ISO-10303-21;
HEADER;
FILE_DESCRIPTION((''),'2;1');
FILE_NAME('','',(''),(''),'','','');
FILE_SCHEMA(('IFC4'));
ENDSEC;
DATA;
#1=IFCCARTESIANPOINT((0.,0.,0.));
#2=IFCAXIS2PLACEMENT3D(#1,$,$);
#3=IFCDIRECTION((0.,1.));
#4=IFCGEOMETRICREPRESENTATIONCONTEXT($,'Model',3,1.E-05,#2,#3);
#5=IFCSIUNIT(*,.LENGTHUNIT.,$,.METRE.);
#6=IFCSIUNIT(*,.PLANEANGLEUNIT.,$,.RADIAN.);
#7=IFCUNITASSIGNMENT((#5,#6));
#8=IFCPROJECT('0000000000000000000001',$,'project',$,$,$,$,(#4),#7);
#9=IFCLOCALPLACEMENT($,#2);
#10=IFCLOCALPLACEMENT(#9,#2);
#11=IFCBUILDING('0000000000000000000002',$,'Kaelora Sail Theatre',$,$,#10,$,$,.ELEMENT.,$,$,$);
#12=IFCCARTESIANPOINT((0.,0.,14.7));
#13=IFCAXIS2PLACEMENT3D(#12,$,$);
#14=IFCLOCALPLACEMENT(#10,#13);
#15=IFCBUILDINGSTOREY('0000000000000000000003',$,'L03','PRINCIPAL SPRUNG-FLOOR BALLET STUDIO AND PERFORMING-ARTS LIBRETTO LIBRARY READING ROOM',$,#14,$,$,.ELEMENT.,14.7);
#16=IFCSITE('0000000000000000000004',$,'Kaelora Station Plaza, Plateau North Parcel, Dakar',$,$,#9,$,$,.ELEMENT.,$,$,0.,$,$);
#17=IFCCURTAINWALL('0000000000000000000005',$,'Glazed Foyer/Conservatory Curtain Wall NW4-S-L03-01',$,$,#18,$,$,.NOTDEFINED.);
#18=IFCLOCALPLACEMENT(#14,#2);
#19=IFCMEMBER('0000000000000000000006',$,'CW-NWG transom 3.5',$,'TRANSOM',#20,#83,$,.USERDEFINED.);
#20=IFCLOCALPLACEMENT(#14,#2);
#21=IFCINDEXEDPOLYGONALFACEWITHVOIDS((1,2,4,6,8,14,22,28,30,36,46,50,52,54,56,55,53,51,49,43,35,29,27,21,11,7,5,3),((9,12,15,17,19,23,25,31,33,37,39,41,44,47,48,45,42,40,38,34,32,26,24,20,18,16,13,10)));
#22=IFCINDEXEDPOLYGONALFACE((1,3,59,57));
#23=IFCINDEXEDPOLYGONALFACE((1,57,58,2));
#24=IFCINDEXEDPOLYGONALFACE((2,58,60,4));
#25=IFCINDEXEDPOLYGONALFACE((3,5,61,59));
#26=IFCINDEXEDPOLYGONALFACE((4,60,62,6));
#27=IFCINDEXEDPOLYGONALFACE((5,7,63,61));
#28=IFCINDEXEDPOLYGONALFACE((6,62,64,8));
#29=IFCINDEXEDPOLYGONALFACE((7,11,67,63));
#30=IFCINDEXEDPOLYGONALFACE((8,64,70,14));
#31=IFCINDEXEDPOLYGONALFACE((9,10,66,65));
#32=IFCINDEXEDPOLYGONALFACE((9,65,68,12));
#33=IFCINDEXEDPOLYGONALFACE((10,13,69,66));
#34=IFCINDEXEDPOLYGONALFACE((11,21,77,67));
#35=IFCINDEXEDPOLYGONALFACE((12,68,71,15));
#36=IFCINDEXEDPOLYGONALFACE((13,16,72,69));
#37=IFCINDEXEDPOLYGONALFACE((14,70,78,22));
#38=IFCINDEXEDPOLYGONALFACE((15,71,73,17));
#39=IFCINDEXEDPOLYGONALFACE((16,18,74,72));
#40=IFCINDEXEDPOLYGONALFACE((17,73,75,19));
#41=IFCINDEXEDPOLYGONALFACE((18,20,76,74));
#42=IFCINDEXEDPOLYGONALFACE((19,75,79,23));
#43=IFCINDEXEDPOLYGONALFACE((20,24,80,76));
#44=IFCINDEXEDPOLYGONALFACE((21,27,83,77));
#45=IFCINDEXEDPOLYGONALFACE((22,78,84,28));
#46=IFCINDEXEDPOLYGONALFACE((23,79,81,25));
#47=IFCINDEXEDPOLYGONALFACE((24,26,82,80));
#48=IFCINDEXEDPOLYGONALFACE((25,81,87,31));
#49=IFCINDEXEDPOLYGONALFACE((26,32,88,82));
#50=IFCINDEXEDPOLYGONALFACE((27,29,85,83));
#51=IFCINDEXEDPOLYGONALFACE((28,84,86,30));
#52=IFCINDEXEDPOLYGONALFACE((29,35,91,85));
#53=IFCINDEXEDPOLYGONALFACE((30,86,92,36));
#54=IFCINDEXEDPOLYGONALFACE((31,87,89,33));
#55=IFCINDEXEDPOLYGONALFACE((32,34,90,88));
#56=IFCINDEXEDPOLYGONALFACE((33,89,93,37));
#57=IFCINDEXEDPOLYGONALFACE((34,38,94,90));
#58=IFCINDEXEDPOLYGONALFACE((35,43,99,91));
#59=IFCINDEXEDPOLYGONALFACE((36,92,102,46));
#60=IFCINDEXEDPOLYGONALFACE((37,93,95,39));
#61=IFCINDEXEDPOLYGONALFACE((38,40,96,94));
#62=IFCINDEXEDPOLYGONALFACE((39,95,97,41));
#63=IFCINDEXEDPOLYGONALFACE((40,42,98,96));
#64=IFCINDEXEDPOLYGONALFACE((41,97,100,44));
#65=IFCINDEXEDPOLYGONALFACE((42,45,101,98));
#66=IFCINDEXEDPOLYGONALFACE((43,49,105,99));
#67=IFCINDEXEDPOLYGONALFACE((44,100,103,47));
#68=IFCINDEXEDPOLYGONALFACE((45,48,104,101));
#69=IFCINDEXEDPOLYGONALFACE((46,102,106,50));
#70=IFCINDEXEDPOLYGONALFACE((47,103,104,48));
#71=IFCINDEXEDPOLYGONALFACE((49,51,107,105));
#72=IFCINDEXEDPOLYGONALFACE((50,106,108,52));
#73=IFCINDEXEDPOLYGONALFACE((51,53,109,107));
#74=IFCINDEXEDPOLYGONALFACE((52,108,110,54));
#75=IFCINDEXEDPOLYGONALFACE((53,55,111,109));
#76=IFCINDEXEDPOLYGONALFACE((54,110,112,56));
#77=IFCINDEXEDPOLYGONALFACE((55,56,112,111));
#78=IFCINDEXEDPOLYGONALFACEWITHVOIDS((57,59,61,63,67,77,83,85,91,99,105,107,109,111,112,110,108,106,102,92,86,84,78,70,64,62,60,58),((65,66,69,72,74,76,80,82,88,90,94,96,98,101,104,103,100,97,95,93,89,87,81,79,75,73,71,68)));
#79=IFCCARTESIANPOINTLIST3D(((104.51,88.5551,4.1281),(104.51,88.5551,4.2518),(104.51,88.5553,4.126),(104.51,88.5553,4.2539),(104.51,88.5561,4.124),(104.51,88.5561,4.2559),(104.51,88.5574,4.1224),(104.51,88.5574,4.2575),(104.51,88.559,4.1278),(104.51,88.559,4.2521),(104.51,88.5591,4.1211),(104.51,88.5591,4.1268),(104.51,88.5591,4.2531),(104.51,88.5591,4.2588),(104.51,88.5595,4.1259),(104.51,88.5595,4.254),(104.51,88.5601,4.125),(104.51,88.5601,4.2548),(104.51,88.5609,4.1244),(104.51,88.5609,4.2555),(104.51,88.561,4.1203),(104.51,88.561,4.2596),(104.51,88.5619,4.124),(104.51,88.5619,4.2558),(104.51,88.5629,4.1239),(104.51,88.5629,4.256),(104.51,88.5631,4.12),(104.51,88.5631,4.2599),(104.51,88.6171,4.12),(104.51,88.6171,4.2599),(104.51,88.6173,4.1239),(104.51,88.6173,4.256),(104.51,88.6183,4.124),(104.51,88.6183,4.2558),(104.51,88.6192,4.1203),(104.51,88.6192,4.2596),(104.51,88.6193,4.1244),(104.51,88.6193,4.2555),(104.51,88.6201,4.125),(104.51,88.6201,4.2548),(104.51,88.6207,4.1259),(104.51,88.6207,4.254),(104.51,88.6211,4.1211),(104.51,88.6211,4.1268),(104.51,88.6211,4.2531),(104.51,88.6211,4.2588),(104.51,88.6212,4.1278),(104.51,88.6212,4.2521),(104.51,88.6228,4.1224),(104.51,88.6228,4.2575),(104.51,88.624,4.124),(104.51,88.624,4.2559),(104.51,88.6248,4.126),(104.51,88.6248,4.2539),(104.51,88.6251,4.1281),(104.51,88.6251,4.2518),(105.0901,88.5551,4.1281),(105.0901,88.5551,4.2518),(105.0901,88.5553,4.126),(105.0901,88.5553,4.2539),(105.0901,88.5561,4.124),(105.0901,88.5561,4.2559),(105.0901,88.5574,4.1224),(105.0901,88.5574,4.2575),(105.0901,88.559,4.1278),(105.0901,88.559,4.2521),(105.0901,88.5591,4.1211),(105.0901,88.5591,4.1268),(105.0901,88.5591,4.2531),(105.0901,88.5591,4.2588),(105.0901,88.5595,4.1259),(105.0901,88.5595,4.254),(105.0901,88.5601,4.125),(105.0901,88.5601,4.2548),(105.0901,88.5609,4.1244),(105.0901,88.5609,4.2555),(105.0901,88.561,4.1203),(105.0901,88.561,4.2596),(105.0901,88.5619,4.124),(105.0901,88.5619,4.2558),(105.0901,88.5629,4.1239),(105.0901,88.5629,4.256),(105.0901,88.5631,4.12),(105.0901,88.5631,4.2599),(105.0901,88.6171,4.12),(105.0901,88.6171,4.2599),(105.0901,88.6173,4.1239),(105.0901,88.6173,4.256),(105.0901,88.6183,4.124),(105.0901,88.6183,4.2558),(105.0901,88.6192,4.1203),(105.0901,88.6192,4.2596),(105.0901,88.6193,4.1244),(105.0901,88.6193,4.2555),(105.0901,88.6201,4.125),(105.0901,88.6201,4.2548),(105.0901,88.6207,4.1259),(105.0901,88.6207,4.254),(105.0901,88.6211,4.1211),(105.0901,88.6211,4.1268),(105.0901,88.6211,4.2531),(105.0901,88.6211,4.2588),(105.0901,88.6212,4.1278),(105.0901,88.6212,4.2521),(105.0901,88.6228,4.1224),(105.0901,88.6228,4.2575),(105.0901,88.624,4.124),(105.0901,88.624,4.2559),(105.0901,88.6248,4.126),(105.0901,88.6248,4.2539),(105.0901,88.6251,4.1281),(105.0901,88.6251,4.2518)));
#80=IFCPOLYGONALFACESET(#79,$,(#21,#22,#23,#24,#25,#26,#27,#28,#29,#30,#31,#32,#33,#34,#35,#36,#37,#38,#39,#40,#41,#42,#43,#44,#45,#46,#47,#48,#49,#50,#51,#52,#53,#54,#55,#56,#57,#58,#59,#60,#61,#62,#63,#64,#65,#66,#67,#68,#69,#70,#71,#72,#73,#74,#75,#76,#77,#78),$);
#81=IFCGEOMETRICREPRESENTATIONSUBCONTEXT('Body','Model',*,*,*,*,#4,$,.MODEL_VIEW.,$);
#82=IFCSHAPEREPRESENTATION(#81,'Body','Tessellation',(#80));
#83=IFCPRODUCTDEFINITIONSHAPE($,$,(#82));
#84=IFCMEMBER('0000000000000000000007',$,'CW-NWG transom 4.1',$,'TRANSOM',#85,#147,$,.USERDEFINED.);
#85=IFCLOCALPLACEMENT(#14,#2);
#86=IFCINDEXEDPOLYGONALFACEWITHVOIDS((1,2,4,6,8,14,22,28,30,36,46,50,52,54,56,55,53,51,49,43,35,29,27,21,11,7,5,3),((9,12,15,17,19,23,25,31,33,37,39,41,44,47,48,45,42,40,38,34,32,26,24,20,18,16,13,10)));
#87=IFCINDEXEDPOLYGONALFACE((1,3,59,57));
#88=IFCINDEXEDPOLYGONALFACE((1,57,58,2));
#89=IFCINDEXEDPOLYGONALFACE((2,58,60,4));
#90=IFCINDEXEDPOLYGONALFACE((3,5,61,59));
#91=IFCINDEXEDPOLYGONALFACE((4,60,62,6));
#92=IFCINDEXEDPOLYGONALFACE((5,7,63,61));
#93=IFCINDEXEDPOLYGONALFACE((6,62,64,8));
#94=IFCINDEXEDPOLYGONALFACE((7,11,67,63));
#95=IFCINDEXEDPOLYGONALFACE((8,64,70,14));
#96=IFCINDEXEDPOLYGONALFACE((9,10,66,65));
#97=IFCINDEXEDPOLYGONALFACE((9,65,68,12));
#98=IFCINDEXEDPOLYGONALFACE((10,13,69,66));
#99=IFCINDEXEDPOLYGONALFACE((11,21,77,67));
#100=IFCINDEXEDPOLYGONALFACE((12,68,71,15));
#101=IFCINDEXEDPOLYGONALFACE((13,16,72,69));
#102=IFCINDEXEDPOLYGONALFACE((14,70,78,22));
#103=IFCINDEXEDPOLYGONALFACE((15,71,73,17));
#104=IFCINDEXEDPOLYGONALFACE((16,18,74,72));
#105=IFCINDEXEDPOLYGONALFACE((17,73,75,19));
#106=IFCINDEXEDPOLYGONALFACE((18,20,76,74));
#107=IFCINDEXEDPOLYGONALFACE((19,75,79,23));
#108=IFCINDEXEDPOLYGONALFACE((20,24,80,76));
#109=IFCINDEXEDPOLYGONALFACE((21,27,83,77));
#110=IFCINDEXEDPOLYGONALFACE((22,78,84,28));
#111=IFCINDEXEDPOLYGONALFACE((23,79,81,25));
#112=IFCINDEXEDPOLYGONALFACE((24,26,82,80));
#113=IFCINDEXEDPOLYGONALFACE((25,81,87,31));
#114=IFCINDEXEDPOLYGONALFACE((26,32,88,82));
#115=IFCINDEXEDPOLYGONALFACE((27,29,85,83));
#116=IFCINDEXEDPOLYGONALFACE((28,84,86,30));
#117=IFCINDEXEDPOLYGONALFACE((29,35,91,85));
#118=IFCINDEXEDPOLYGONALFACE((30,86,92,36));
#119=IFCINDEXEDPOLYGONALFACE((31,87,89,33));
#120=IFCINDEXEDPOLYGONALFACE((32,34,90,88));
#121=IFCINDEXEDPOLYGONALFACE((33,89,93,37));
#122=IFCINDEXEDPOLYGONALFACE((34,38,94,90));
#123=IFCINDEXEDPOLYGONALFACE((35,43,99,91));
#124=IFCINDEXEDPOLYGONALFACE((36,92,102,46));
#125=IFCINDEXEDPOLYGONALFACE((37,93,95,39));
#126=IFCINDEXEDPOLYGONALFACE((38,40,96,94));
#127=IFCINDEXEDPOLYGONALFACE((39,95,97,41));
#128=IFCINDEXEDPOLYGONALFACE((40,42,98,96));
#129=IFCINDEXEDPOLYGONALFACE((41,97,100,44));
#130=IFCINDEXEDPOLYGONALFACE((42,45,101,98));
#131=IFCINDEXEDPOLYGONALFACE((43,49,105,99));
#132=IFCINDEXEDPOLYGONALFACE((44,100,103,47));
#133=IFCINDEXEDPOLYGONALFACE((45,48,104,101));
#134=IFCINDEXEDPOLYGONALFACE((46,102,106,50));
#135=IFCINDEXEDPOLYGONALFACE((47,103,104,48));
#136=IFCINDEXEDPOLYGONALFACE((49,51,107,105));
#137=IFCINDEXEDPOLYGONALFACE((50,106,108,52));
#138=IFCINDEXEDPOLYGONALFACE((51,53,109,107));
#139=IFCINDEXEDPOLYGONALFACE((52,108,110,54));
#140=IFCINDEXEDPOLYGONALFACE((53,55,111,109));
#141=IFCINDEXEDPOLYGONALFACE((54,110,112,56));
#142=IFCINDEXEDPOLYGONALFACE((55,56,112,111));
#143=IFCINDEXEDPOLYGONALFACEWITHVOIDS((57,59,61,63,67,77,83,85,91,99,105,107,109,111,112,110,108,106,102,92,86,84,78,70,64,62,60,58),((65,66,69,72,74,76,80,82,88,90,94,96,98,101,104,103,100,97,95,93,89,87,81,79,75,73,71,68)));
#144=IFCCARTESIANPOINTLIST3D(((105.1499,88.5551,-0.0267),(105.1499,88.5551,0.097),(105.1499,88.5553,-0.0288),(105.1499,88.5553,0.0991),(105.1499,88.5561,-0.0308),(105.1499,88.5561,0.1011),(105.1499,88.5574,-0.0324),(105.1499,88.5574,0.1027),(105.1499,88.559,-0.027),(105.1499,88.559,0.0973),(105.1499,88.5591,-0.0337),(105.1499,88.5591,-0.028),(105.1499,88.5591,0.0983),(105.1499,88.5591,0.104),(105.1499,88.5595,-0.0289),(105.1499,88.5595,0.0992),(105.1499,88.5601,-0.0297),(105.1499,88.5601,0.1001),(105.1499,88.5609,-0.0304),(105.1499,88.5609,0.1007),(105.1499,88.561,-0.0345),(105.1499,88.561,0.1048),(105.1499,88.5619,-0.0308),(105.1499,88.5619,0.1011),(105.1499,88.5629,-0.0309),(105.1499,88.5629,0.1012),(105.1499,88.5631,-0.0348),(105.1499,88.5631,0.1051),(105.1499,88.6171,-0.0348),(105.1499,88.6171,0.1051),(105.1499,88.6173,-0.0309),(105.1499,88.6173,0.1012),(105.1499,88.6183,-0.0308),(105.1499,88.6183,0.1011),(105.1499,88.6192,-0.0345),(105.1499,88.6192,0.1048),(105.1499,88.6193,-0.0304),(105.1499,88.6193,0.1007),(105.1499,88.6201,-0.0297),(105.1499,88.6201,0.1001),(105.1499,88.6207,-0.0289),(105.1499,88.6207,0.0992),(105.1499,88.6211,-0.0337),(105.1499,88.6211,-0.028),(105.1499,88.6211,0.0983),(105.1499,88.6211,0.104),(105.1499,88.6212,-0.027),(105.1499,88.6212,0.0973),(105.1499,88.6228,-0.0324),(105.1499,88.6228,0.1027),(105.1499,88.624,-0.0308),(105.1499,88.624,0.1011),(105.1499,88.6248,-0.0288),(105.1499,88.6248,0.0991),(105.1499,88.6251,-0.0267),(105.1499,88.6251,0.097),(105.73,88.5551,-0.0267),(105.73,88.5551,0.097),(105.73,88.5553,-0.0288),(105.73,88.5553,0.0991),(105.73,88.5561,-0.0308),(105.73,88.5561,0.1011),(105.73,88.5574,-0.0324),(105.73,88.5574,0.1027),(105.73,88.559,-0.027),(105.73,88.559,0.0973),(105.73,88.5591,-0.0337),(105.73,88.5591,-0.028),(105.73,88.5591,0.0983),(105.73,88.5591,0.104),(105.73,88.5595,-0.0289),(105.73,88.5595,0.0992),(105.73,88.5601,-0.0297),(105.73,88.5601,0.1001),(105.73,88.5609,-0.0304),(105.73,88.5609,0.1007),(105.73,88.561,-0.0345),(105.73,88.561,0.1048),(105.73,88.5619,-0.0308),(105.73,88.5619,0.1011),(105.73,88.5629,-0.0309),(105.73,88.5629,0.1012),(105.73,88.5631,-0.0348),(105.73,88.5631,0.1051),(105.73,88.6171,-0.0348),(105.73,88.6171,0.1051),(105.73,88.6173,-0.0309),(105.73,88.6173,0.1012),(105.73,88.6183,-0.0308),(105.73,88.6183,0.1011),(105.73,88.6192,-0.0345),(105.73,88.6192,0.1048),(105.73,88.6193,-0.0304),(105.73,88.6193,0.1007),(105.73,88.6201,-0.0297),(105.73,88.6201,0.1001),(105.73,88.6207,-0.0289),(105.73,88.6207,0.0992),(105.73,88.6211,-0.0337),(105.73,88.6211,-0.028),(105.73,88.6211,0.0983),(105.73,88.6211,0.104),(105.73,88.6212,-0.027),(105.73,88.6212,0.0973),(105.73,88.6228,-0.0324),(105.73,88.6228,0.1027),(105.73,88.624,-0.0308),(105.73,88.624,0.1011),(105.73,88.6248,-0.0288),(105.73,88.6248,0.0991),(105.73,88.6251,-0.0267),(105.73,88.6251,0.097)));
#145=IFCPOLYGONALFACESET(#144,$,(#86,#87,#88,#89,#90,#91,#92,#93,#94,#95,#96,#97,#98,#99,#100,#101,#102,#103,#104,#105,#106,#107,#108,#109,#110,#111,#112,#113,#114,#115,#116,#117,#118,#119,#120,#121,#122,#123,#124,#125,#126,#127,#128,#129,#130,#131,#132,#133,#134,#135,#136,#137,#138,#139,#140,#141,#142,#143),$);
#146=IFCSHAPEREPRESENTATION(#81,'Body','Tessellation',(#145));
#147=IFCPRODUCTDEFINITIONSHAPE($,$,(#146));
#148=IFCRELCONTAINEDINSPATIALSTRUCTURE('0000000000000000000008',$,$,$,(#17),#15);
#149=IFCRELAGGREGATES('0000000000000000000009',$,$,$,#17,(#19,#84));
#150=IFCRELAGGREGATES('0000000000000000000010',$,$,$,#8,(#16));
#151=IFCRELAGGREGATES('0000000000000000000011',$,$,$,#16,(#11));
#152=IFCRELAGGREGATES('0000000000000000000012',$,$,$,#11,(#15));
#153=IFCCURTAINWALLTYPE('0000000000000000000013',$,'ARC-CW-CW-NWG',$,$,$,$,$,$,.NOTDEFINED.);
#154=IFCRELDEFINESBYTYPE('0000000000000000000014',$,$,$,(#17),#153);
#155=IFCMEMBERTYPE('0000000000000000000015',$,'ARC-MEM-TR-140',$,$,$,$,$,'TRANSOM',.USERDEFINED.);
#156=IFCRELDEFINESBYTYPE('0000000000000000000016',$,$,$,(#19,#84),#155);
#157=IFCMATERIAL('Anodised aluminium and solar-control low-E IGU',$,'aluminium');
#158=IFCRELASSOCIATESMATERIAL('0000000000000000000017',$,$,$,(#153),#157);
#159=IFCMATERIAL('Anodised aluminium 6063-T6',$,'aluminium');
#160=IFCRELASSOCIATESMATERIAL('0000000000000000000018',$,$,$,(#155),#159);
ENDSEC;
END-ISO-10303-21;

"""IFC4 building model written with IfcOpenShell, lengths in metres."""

from ifc_helpers import new_model, si_unit, direction, frame, origin, origin_2d, place, context, subcontext, project, spatial, hollow_rectangle, extrude, material, material_profile, profile_set, type_object, element, aggregate, save


model = new_model("IFC4")

# Units and contexts
model_context = context("Model", 3, precision=1e-05, world=origin(), true_north=direction((0.0, 1.0)))
body_context = subcontext(model_context, "Body", "Model", "MODEL_VIEW")
ifc_project = project(units=[si_unit("LENGTHUNIT", "METRE"), si_unit("PLANEANGLEUNIT", "RADIAN")], contexts=[model_context])

# Site, building, storey
site_placement = place(None, origin())
site = spatial("IfcSite", under=ifc_project, at=site_placement, Name="Kaelora Station Plaza, Plateau North Parcel, Dakar", CompositionType="ELEMENT", RefElevation=0.0)
building_placement = place(site_placement, origin())
building = spatial("IfcBuilding", under=site, at=building_placement, Name="Kaelora Sail Theatre", CompositionType="ELEMENT")
storey_placement = place(building_placement, frame((0.0, 0.0, 14.7)))
storey = spatial("IfcBuildingStorey", under=building, at=storey_placement, Name="L03", Description="PRINCIPAL SPRUNG-FLOOR BALLET STUDIO AND PERFORMING-ARTS LIBRETTO LIBRARY READING ROOM", CompositionType="ELEMENT", Elevation=14.7)

# Curtain wall, members
ifc_material_1 = material(Name="Anodised aluminium and solar-control low-E IGU", Category="aluminium")
curtain_wall_type = type_object("IfcCurtainWallType", Name="ARC-CW-CW-NWG", PredefinedType="NOTDEFINED", material=ifc_material_1)
curtain_wall_placement = place(storey_placement, origin())
curtain_wall = element("IfcCurtainWall", 1, at=curtain_wall_placement, inside=storey, type_object=curtain_wall_type, Name="Glazed Foyer/Conservatory Curtain Wall NW4-S-L03-01", PredefinedType="NOTDEFINED")
ifc_material_2 = material(Name="Anodised aluminium 6063-T6", Category="aluminium")
ifc_material_profile_1 = material_profile(ifc_material_2, hollow_rectangle(XDim=0.0701, YDim=0.1399, WallThickness=0.0039, InnerFilletRadius=0.0039, OuterFilletRadius=0.0081, at=origin_2d()), Name="ALU-TRAN 70x140x4")
ifc_profile_set_1 = profile_set([ifc_material_profile_1], Name="Anodised aluminium 6063-T6")
member_type_1 = type_object("IfcMemberType", Name="ARC-MEM-TR-140", ElementType="TRANSOM", PredefinedType="USERDEFINED", material=ifc_profile_set_1)
member_1_placement = place(storey_placement, frame((104.51, 88.5901, 4.1899), z_axis=(1.0, 0.0, 0.0), x_axis=(0.0, 1.0, 0.0)))
member_1 = element("IfcMember", 2, at=member_1_placement, type_object=member_type_1, Name="CW-NWG transom 3.5", ObjectType="TRANSOM", PredefinedType="USERDEFINED", context=body_context, shape_type="SweptSolid", body=[
    extrude(hollow_rectangle(XDim=0.0701, YDim=0.1399, WallThickness=0.0039, InnerFilletRadius=0.0039, OuterFilletRadius=0.0081, at=origin_2d()), origin(), (0.0, 0.0, 1.0), 0.5801),
])
member_2_placement = place(storey_placement, frame((105.1499, 88.5901, 0.0352), z_axis=(1.0, 0.0, 0.0), x_axis=(0.0, 1.0, 0.0)))
member_2 = element("IfcMember", 3, at=member_2_placement, type_object=member_type_1, Name="CW-NWG transom 4.1", ObjectType="TRANSOM", PredefinedType="USERDEFINED", context=body_context, shape_type="SweptSolid", body=[
    extrude(hollow_rectangle(XDim=0.0701, YDim=0.1399, WallThickness=0.0039, InnerFilletRadius=0.0039, OuterFilletRadius=0.0081, at=origin_2d()), origin(), (0.0, 0.0, 1.0), 0.5801),
])

aggregate(curtain_wall, [member_1, member_2])

save(model, "model.ifc")
